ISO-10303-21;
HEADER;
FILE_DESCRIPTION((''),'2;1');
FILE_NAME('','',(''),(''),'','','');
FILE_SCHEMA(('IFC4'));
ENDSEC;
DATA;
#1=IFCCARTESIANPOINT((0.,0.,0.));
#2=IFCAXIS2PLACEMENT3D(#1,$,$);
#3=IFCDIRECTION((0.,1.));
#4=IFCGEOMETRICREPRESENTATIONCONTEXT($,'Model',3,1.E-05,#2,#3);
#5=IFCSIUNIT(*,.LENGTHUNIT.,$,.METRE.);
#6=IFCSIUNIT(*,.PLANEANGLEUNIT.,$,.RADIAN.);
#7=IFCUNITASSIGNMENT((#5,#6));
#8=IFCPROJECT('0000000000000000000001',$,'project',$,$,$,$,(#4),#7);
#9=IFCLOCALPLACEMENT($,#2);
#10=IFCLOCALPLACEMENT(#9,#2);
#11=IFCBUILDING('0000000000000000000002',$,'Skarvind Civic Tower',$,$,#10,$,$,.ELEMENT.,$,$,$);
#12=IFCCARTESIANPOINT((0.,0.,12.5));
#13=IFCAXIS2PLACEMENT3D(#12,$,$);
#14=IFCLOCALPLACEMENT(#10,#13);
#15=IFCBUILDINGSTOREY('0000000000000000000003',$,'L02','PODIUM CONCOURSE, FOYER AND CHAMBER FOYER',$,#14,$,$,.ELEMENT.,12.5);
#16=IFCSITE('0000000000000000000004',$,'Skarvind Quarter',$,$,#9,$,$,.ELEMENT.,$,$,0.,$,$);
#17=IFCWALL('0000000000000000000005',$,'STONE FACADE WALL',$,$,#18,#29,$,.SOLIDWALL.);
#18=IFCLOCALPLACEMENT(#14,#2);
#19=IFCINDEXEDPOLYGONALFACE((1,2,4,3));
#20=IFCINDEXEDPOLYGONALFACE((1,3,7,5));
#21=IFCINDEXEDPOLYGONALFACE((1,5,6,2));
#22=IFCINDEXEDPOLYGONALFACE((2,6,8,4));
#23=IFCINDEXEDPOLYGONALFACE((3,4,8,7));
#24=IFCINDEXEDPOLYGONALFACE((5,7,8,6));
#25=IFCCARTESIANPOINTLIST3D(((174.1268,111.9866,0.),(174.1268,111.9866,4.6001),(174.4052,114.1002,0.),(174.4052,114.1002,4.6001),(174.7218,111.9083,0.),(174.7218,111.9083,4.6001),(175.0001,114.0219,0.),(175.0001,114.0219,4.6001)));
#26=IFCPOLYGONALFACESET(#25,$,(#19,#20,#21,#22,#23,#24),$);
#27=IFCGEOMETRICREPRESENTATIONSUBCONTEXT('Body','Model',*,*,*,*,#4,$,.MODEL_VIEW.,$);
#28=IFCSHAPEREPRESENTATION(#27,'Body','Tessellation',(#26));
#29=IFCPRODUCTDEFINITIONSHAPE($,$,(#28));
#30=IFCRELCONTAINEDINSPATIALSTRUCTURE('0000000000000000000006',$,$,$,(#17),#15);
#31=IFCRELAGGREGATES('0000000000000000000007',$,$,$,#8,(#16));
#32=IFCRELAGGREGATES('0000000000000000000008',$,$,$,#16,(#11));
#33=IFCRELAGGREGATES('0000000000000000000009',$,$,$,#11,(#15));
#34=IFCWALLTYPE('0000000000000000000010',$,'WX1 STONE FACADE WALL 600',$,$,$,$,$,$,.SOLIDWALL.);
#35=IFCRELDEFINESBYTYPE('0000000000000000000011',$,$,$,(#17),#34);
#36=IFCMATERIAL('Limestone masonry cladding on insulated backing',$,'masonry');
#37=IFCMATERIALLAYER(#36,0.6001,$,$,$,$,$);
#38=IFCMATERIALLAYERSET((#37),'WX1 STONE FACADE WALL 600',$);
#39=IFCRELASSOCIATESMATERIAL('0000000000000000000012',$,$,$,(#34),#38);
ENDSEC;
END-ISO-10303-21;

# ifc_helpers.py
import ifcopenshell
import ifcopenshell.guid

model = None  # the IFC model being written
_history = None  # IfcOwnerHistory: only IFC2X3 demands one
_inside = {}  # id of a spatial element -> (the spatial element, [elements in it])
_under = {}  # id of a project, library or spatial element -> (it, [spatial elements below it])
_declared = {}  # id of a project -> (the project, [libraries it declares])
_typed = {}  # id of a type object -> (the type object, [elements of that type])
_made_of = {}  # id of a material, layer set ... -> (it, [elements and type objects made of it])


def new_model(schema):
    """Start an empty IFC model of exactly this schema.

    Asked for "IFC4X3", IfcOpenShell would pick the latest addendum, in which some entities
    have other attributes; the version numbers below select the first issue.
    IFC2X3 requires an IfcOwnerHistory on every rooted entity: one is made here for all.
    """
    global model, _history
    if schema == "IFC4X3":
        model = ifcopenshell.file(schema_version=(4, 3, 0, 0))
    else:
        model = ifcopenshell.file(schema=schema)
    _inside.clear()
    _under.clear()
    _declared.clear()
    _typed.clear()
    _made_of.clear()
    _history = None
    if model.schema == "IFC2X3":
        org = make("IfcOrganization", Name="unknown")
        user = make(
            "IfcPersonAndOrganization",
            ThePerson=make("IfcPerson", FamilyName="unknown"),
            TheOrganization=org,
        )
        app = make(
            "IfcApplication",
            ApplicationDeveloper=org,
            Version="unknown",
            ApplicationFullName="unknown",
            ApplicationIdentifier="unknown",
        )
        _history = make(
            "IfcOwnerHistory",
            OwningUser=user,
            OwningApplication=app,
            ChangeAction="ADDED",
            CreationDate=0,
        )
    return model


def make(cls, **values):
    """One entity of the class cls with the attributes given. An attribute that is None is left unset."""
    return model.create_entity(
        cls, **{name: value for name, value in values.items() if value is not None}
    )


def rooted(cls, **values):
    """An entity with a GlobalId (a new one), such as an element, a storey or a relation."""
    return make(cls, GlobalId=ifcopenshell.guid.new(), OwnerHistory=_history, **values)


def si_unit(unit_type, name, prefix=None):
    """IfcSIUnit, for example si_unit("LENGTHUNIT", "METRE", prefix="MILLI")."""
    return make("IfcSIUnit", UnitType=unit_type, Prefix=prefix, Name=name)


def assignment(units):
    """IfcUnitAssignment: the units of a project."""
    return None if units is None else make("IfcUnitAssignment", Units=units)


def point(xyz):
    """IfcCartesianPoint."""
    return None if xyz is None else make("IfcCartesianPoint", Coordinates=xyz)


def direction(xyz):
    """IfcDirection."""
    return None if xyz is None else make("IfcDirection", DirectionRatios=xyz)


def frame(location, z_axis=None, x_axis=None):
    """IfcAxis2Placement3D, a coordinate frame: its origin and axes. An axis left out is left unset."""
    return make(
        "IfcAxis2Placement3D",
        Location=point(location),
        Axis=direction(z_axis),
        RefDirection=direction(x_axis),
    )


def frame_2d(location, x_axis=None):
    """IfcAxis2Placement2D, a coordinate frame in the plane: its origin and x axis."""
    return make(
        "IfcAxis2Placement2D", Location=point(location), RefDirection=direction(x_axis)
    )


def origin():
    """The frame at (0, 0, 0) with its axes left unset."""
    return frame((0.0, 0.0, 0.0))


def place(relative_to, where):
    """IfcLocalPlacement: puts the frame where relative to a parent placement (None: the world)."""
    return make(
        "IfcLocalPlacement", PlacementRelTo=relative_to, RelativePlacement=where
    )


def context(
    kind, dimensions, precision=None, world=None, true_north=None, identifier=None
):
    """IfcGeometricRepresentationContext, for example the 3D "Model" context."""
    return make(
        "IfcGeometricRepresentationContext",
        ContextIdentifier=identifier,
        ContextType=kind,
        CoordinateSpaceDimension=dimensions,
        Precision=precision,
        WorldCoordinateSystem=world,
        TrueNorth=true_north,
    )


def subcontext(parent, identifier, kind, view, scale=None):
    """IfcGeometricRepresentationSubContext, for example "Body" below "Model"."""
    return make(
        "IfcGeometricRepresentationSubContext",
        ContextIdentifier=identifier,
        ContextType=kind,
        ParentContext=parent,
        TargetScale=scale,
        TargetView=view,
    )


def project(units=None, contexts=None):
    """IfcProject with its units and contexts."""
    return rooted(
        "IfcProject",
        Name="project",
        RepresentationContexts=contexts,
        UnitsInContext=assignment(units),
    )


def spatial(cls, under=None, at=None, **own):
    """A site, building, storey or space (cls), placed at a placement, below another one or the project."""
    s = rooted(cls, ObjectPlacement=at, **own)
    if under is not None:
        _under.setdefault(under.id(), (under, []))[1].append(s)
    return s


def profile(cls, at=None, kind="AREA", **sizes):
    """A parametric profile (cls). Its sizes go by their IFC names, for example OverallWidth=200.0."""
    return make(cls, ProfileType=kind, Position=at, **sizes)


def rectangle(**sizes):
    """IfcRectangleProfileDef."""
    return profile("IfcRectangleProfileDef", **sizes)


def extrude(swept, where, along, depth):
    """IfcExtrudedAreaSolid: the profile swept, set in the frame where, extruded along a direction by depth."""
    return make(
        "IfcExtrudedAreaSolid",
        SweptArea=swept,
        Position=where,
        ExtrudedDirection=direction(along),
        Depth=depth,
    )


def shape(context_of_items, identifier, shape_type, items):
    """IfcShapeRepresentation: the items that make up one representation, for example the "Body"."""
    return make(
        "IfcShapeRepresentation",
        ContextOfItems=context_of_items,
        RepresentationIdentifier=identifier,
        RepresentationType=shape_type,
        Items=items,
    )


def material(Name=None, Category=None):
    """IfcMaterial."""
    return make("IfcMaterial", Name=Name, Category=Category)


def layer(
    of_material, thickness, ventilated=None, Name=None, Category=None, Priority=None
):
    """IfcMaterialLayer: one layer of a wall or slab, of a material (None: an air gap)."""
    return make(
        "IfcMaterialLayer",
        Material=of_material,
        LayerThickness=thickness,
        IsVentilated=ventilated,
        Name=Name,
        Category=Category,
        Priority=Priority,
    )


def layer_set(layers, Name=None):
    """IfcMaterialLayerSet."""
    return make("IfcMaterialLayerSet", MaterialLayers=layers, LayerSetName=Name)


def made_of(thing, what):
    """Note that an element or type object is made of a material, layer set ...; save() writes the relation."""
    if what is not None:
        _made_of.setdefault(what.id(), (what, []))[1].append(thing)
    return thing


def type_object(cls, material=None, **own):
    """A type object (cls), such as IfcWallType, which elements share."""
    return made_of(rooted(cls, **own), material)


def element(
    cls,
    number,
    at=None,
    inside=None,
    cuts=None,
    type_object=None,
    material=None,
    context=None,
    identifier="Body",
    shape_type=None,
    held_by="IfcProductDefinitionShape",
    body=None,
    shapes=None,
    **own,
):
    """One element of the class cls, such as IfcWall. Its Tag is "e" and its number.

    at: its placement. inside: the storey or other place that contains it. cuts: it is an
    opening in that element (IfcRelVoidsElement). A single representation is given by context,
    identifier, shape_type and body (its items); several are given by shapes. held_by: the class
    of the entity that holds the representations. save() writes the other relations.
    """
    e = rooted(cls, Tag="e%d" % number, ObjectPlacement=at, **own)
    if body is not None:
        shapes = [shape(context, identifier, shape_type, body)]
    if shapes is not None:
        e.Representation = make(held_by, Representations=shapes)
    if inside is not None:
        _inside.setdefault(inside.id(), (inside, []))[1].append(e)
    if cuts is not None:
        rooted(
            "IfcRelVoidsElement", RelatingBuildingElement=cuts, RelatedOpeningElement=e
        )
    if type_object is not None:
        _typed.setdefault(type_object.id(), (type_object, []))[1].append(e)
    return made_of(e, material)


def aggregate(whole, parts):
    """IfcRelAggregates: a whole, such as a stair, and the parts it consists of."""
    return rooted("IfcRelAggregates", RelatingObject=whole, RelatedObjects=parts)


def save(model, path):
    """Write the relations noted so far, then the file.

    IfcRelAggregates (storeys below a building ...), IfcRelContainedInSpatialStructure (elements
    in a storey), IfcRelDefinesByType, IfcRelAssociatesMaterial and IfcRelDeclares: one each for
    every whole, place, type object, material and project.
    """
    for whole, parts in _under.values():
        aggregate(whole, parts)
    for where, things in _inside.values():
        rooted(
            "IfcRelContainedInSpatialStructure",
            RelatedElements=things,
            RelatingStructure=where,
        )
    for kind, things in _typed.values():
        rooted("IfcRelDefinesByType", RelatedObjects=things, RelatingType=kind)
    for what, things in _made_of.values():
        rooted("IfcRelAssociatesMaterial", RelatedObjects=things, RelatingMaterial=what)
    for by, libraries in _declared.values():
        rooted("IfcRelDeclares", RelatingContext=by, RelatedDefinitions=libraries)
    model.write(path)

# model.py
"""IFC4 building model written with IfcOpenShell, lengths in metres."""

from ifc_helpers import new_model, si_unit, direction, frame, frame_2d, origin, place, context, subcontext, project, spatial, rectangle, extrude, material, layer, layer_set, type_object, element, save


model = new_model("IFC4")

# Units and contexts
model_context = context("Model", 3, precision=1e-05, world=origin(), true_north=direction((0.0, 1.0)))
body_context = subcontext(model_context, "Body", "Model", "MODEL_VIEW")
ifc_project = project(units=[si_unit("LENGTHUNIT", "METRE"), si_unit("PLANEANGLEUNIT", "RADIAN")], contexts=[model_context])

# Site, building, storey
site_placement = place(None, origin())
site = spatial("IfcSite", under=ifc_project, at=site_placement, Name="Skarvind Quarter", CompositionType="ELEMENT", RefElevation=0.0)
building_placement = place(site_placement, origin())
building = spatial("IfcBuilding", under=site, at=building_placement, Name="Skarvind Civic Tower", CompositionType="ELEMENT")
storey_placement = place(building_placement, frame((0.0, 0.0, 12.5)))
storey = spatial("IfcBuildingStorey", under=building, at=storey_placement, Name="L02", Description="PODIUM CONCOURSE, FOYER AND CHAMBER FOYER", CompositionType="ELEMENT", Elevation=12.5)

# Shared definitions
ifc_material_1 = material(Name="Limestone masonry cladding on insulated backing", Category="masonry")
ifc_layer_1 = layer(ifc_material_1, 0.6001)
ifc_layer_set_1 = layer_set([ifc_layer_1], Name="WX1 STONE FACADE WALL 600")
wall_type_1 = type_object("IfcWallType", Name="WX1 STONE FACADE WALL 600", PredefinedType="SOLIDWALL", material=ifc_layer_set_1)

# Wall
wall_1_placement = place(storey_placement, frame((174.7026, 114.061, 0.0), z_axis=(0.0, 0.0, 1.0), x_axis=(-0.130558, -0.991441, 0.0)))
element("IfcWall", 1, at=wall_1_placement, inside=storey, type_object=wall_type_1, Name="STONE FACADE WALL", PredefinedType="SOLIDWALL", context=body_context, shape_type="SweptSolid", body=[
    extrude(rectangle(XDim=2.1318, YDim=0.6001, at=frame_2d((1.0659, 0.0))), origin(), (0.0, 0.0, 1.0), 4.6001),
])

save(model, "model.ifc")
